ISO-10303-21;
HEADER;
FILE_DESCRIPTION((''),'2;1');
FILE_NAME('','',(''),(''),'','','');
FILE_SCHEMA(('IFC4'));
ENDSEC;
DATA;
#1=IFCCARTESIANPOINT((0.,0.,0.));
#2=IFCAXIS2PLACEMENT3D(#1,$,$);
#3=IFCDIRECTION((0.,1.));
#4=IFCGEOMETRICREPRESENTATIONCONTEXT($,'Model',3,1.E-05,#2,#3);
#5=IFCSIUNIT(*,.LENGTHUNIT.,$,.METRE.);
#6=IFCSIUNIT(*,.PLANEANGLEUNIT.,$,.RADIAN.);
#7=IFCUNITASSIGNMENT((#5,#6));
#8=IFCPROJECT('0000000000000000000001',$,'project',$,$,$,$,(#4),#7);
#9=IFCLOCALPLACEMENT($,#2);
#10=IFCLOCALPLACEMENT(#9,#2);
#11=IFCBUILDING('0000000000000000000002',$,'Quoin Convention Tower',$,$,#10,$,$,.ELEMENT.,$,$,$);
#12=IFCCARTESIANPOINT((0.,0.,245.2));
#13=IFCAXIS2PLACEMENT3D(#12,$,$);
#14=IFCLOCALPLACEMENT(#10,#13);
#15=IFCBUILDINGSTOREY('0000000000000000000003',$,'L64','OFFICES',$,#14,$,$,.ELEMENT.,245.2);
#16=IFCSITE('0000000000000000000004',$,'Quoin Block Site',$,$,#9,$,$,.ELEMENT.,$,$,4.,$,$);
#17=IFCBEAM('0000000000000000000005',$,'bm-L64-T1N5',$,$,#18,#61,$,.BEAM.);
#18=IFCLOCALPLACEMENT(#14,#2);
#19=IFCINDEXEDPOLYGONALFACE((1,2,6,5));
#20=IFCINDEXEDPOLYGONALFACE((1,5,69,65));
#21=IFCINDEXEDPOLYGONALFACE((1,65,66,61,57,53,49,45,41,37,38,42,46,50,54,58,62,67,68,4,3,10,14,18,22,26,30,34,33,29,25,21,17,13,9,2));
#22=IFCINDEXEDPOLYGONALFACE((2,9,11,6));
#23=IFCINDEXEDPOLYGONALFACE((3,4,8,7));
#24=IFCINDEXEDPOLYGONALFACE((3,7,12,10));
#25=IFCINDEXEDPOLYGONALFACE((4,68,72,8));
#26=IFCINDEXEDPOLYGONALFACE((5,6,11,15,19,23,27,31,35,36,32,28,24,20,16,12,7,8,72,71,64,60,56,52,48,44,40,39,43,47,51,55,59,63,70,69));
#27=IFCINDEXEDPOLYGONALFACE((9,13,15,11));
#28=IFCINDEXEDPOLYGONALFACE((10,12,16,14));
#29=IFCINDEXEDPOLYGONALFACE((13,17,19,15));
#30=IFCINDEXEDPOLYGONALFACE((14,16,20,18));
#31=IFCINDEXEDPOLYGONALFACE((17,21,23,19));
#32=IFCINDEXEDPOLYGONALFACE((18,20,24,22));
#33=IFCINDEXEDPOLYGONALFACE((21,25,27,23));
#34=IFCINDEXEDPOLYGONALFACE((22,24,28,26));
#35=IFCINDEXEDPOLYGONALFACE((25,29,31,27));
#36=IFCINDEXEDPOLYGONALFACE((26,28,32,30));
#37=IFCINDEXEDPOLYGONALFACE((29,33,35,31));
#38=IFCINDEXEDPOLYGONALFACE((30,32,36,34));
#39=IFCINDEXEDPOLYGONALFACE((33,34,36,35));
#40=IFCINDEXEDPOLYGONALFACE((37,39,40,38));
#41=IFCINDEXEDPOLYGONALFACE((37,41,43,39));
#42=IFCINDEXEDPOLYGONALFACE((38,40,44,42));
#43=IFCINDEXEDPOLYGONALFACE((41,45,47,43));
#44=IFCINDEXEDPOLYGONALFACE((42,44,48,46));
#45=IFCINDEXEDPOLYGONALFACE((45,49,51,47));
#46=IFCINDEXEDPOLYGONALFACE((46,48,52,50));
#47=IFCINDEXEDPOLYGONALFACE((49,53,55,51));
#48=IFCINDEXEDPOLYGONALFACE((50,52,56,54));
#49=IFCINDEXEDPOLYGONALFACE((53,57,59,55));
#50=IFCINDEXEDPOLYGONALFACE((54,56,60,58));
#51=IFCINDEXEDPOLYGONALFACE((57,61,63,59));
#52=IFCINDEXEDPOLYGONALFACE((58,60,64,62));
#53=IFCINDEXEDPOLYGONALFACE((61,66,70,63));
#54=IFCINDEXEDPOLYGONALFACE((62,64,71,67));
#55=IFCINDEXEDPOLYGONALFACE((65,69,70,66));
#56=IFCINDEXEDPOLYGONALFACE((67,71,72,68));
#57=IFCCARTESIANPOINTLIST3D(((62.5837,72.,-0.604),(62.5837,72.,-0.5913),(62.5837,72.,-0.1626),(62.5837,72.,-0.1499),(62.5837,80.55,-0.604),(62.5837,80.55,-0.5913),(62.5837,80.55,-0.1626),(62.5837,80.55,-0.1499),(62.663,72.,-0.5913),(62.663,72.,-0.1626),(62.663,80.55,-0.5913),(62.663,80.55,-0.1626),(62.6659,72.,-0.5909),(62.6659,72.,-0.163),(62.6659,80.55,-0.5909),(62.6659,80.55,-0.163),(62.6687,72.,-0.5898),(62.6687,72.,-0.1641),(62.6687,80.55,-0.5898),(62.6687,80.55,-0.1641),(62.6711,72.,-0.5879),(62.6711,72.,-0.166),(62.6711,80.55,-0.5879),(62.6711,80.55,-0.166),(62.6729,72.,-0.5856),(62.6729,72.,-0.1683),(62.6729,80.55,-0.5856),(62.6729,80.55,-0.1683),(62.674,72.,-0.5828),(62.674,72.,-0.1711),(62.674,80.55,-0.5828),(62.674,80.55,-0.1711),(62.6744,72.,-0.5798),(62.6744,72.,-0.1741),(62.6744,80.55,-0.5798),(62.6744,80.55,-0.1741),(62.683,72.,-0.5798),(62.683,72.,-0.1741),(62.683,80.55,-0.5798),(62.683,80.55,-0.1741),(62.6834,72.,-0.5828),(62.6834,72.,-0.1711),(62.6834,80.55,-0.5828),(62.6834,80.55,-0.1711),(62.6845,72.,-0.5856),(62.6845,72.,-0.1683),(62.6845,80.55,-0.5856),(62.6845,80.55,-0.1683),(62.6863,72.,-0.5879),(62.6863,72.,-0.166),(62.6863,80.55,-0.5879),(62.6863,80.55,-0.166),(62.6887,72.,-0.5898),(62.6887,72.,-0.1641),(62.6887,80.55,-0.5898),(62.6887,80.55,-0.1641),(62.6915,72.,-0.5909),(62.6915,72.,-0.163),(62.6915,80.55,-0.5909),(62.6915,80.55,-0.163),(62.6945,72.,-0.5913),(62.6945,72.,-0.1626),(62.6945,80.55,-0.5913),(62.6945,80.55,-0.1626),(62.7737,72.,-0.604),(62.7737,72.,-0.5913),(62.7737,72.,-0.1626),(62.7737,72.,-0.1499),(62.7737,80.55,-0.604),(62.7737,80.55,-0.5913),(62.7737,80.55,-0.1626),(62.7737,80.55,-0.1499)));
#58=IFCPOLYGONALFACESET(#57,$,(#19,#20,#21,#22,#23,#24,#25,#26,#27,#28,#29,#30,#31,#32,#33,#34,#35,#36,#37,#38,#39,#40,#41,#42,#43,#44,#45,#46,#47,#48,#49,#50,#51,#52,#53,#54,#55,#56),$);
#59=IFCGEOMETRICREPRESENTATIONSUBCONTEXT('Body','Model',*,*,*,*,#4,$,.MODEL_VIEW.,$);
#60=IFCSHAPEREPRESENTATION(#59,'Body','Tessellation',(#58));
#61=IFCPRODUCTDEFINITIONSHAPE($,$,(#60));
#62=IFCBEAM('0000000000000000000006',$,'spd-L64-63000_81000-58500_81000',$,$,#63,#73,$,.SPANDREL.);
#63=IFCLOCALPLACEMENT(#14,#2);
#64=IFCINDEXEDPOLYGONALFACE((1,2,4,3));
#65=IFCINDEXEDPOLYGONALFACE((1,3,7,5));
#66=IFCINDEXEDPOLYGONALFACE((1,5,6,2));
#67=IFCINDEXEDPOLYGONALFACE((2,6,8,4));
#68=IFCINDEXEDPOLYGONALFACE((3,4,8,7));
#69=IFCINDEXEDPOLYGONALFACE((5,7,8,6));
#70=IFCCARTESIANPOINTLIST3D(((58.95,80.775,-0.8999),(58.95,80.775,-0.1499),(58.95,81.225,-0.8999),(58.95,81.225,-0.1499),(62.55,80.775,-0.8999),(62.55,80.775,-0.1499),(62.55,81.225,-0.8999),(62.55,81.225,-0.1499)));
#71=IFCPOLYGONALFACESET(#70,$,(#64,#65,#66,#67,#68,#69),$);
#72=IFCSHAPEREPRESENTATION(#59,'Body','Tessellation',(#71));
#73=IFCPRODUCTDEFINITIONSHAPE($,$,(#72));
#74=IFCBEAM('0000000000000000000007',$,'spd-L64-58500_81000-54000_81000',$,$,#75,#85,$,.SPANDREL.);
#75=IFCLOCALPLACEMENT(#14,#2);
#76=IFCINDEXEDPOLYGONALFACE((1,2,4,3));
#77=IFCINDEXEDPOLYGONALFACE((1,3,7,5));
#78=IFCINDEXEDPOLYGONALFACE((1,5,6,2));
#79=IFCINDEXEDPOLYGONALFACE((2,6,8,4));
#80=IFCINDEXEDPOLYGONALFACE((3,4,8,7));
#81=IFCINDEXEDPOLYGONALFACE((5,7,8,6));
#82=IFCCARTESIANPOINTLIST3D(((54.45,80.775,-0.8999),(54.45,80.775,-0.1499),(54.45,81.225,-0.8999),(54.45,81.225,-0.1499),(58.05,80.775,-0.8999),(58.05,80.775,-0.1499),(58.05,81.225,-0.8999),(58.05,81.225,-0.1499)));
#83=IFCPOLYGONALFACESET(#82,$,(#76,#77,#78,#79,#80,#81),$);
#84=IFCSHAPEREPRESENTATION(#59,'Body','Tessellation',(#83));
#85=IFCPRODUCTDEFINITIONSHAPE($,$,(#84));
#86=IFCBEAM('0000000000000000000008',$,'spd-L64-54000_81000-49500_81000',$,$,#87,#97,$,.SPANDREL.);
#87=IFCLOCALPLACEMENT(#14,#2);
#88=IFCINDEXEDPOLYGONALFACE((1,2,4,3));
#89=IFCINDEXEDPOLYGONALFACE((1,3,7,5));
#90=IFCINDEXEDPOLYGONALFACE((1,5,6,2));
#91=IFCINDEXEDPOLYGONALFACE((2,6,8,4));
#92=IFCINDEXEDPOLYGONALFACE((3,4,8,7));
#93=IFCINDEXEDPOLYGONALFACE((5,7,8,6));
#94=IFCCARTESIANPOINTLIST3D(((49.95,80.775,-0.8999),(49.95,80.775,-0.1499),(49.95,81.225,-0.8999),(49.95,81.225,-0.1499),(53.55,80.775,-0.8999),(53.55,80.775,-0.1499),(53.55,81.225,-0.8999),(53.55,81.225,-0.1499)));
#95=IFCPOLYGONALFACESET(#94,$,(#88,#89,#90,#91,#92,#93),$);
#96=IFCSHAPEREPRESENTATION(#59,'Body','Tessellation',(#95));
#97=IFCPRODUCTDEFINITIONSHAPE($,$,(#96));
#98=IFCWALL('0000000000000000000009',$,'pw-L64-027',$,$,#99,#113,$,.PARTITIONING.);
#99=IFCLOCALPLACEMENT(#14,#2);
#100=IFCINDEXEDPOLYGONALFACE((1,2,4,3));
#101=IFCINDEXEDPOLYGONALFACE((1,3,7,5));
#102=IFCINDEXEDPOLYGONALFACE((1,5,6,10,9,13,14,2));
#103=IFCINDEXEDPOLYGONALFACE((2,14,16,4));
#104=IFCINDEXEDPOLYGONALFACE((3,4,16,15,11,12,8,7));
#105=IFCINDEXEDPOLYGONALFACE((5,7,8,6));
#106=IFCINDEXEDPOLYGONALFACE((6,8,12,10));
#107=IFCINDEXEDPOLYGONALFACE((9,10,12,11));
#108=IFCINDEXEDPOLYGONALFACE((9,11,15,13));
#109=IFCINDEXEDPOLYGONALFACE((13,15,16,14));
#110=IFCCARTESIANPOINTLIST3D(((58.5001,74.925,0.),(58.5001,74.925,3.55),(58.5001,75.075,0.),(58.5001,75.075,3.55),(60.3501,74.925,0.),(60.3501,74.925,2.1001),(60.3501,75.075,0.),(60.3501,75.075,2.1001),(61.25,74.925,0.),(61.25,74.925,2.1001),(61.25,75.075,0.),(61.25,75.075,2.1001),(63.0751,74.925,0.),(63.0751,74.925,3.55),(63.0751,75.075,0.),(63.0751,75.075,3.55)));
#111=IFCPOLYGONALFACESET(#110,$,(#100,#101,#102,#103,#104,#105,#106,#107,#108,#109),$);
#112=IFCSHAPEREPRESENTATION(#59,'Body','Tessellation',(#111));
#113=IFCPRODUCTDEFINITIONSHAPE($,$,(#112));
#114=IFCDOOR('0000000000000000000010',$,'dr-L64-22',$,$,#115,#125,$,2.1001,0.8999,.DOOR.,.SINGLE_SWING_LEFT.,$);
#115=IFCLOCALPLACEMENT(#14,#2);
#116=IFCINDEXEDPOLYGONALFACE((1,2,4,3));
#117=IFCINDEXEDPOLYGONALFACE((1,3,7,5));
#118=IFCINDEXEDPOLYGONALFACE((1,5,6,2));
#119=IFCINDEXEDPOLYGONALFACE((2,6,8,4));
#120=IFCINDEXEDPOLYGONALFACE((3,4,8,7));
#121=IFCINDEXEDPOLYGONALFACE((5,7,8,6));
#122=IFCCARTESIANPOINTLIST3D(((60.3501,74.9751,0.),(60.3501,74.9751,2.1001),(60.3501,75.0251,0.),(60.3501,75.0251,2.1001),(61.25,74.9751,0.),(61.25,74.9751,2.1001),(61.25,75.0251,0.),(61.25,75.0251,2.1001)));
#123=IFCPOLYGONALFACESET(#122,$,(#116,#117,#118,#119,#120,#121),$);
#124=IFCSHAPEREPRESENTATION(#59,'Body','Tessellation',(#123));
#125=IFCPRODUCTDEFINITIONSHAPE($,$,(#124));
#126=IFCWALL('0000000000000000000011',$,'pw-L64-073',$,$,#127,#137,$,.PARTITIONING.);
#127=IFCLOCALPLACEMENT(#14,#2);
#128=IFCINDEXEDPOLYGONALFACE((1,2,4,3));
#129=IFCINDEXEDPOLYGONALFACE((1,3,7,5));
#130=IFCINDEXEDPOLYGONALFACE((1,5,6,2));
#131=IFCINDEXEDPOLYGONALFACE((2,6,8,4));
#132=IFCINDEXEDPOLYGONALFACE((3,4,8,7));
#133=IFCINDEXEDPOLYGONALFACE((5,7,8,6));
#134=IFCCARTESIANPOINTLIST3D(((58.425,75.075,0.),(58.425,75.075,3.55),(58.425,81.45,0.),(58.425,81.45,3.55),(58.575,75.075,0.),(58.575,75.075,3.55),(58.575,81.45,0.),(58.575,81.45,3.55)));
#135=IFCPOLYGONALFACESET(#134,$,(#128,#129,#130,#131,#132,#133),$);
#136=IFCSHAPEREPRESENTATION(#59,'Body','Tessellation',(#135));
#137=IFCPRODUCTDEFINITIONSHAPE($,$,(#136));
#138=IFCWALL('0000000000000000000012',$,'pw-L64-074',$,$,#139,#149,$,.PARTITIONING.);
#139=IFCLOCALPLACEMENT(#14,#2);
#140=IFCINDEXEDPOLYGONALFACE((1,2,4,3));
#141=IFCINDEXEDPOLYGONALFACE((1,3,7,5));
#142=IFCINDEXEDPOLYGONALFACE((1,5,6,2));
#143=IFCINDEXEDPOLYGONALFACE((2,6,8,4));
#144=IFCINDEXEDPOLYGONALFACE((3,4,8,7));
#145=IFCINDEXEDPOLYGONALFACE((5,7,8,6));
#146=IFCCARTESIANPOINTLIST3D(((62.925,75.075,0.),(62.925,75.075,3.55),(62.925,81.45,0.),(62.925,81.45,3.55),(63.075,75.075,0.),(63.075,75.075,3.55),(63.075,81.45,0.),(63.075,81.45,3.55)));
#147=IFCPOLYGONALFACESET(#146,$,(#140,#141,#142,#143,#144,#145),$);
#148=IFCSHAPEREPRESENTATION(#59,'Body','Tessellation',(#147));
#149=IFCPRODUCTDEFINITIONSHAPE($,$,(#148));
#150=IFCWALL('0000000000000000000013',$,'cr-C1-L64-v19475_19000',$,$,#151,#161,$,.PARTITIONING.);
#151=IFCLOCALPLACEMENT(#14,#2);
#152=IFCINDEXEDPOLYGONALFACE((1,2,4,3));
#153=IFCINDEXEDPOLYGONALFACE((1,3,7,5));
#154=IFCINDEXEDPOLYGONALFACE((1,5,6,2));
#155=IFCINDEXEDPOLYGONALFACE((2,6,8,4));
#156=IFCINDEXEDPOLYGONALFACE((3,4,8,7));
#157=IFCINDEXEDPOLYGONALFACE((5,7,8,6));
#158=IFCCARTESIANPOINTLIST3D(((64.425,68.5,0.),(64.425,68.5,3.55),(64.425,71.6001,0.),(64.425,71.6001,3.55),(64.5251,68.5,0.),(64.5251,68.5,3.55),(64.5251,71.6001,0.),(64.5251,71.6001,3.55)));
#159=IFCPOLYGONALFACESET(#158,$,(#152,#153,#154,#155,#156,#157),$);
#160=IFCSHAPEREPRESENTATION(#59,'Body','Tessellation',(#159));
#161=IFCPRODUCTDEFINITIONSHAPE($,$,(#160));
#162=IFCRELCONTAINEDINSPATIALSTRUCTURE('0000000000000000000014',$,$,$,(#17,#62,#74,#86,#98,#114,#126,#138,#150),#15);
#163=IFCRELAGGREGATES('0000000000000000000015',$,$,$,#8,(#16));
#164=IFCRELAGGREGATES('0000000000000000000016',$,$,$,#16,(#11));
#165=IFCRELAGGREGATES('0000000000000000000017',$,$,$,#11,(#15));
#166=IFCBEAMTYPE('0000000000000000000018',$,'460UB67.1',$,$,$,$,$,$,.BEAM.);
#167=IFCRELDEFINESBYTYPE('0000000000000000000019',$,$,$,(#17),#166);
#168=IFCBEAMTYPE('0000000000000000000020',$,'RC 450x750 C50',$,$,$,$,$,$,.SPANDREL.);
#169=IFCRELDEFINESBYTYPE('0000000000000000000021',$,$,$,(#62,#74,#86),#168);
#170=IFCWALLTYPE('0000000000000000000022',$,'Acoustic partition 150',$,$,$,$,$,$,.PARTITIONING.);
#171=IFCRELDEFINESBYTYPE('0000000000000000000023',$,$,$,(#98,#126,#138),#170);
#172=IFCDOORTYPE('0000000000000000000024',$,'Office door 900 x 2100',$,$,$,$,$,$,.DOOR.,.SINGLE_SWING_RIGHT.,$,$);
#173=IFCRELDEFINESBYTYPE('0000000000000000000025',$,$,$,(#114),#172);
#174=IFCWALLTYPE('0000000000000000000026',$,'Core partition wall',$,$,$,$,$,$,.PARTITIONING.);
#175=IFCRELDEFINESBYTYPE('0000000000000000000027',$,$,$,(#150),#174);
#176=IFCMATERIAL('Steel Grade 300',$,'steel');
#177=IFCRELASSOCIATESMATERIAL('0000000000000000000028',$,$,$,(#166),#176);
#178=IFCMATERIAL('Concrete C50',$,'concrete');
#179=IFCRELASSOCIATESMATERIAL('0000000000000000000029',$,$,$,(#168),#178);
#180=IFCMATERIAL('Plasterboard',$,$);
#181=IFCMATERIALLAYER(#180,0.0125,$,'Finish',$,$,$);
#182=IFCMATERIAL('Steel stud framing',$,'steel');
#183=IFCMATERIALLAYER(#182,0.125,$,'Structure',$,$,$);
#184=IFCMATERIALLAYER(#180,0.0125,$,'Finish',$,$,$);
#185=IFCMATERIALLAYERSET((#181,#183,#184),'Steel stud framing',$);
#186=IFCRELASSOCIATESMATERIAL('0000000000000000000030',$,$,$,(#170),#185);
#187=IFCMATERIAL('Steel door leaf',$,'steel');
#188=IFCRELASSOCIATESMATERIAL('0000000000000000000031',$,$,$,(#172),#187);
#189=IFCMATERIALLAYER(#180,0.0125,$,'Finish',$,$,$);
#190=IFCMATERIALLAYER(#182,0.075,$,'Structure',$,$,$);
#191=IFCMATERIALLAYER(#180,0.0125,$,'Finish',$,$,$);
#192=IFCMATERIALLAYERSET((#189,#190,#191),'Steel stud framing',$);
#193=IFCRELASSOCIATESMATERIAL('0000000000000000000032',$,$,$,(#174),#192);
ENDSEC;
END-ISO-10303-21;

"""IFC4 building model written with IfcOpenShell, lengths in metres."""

from ifc_helpers import new_model, si_unit, direction, frame, frame_2d, origin, origin_2d, place, context, subcontext, project, spatial, rectangle, i_section, extrude, material, layer, layer_set, material_profile, profile_set, type_object, element, fill, save


model = new_model("IFC4")

# Units and contexts
model_context = context("Model", 3, precision=1e-05, world=origin(), true_north=direction((0.0, 1.0)))
body_context = subcontext(model_context, "Body", "Model", "MODEL_VIEW")
ifc_project = project(units=[si_unit("LENGTHUNIT", "METRE"), si_unit("PLANEANGLEUNIT", "RADIAN")], contexts=[model_context])

# Site, building, storey
site_placement = place(None, origin())
site = spatial("IfcSite", under=ifc_project, at=site_placement, Name="Quoin Block Site", CompositionType="ELEMENT", RefElevation=4.0)
building_placement = place(site_placement, origin())
building = spatial("IfcBuilding", under=site, at=building_placement, Name="Quoin Convention Tower", CompositionType="ELEMENT")
storey_placement = place(building_placement, frame((0.0, 0.0, 245.2)))
storey = spatial("IfcBuildingStorey", under=building, at=storey_placement, Name="L64", Description="OFFICES", CompositionType="ELEMENT", Elevation=245.2)

# Shared definitions
ifc_material_1 = material(Name="Concrete C50", Category="concrete")

# Beams
ifc_material_2 = material(Name="Steel Grade 300", Category="steel")
ifc_material_profile_1 = material_profile(ifc_material_2, i_section(OverallWidth=0.1899, OverallDepth=0.4541, WebThickness=0.0085, FlangeThickness=0.0127, FilletRadius=0.0115, at=origin_2d()), Name="460UB67.1")
ifc_profile_set_1 = profile_set([ifc_material_profile_1], Name="Steel Grade 300")
beam_type_1 = type_object("IfcBeamType", Name="460UB67.1", PredefinedType="BEAM", material=ifc_profile_set_1)
beam_placement = place(storey_placement, frame((62.6787, 72.0, -0.377), z_axis=(0.0, 1.0, 0.0), x_axis=(-1.0, 0.0, 0.0)))
element("IfcBeam", 1, at=beam_placement, inside=storey, type_object=beam_type_1, Name="bm-L64-T1N5", PredefinedType="BEAM", context=body_context, shape_type="SweptSolid", body=[
    extrude(i_section(OverallWidth=0.1899, OverallDepth=0.4541, WebThickness=0.0085, FlangeThickness=0.0127, FilletRadius=0.0115, at=origin_2d()), origin(), (0.0, 0.0, 1.0), 8.55),
])
ifc_material_profile_2 = material_profile(ifc_material_1, rectangle(XDim=0.45, YDim=0.75, at=origin_2d()), Name="RC 450x750")
ifc_profile_set_2 = profile_set([ifc_material_profile_2], Name="Concrete C50")
beam_type_2 = type_object("IfcBeamType", Name="RC 450x750 C50", PredefinedType="SPANDREL", material=ifc_profile_set_2)
for number, where, z_axis, x_axis, name in (
    (2, (62.55, 81.0, -0.5249), (-1.0, 0.0, 0.0), (0.0, -1.0, 0.0), "spd-L64-63000_81000-58500_81000"),
    (3, (58.05, 81.0, -0.5249), (-1.0, 0.0, 0.0), (0.0, -1.0, 0.0), "spd-L64-58500_81000-54000_81000"),
    (4, (53.55, 81.0, -0.5249), (-1.0, 0.0, 0.0), (0.0, -1.0, 0.0), "spd-L64-54000_81000-49500_81000"),
):
    element("IfcBeam", number, at=place(storey_placement, frame(where, z_axis=z_axis, x_axis=x_axis)), inside=storey, type_object=beam_type_2, Name=name, PredefinedType="SPANDREL", context=body_context, shape_type="SweptSolid", body=[
        extrude(rectangle(XDim=0.45, YDim=0.75, at=origin_2d()), origin(), (0.0, 0.0, 1.0), 3.6001),
    ])

# Wall, opening, door
ifc_material_3 = material(Name="Plasterboard")
ifc_layer_1 = layer(ifc_material_3, 0.0125, Name="Finish")
ifc_material_4 = material(Name="Steel stud framing", Category="steel")
ifc_layer_2 = layer(ifc_material_4, 0.125, Name="Structure")
ifc_layer_3 = layer(ifc_material_3, 0.0125, Name="Finish")
ifc_layer_set_1 = layer_set([ifc_layer_1, ifc_layer_2, ifc_layer_3], Name="Steel stud framing")
wall_type_1 = type_object("IfcWallType", Name="Acoustic partition 150", PredefinedType="PARTITIONING", material=ifc_layer_set_1)
wall_1_placement = place(storey_placement, frame((58.5, 75.0, 0.0), z_axis=(0.0, 0.0, 1.0), x_axis=(1.0, 0.0, 0.0)))
wall_1 = element("IfcWall", 5, at=wall_1_placement, inside=storey, type_object=wall_type_1, Name="pw-L64-027", PredefinedType="PARTITIONING", context=body_context, shape_type="SweptSolid", body=[
    extrude(rectangle(XDim=4.575, YDim=0.1499, at=frame_2d((2.2876, 0.0))), origin(), (0.0, 0.0, 1.0), 3.55),
])
opening_1_placement = place(wall_1_placement, frame((1.8501, 0.0, 0.0)))
opening_1 = element("IfcOpeningElement", 6, at=opening_1_placement, cuts=wall_1, PredefinedType="OPENING", context=body_context, shape_type="SweptSolid", body=[
    extrude(rectangle(XDim=0.8999, YDim=2.1001, at=frame_2d((0.45, 1.05))), frame((0.0, 0.085, 0.0), z_axis=(0.0, -1.0, 0.0), x_axis=(1.0, 0.0, 0.0)), (0.0, 0.0, 1.0), 0.1699),
])
ifc_material_5 = material(Name="Steel door leaf", Category="steel")
door_type = type_object("IfcDoorType", Name="Office door 900 x 2100", OperationType="SINGLE_SWING_RIGHT", PredefinedType="DOOR", material=ifc_material_5)
door_1_placement = place(opening_1_placement, frame((0.8999, 0.0, 0.0), z_axis=(0.0, 0.0, 1.0), x_axis=(-1.0, 0.0, 0.0)))
door_1 = element("IfcDoor", 7, at=door_1_placement, inside=storey, type_object=door_type, Name="dr-L64-22", OperationType="SINGLE_SWING_LEFT", OverallHeight=2.1001, OverallWidth=0.8999, PredefinedType="DOOR", context=body_context, shape_type="SweptSolid", body=[
    extrude(rectangle(XDim=0.8999, YDim=2.1001, at=frame_2d((0.45, 1.05))), frame((0.0, 0.0249, 0.0), z_axis=(0.0, -1.0, 0.0), x_axis=(1.0, 0.0, 0.0)), (0.0, 0.0, 1.0), 0.05),
])
fill(opening_1, door_1)

# Walls
for number, where, z_axis, x_axis, name in (
    (8, (58.5, 75.075, 0.0), (0.0, 0.0, 1.0), (0.0, 1.0, 0.0), "pw-L64-073"),
    (9, (63.0, 75.075, 0.0), (0.0, 0.0, 1.0), (0.0, 1.0, 0.0), "pw-L64-074"),
):
    element("IfcWall", number, at=place(storey_placement, frame(where, z_axis=z_axis, x_axis=x_axis)), inside=storey, type_object=wall_type_1, Name=name, PredefinedType="PARTITIONING", context=body_context, shape_type="SweptSolid", body=[
        extrude(rectangle(XDim=6.375, YDim=0.1499, at=frame_2d((3.1875, 0.0))), origin(), (0.0, 0.0, 1.0), 3.55),
    ])
ifc_layer_4 = layer(ifc_material_3, 0.0125, Name="Finish")
ifc_layer_5 = layer(ifc_material_4, 0.075, Name="Structure")
ifc_layer_6 = layer(ifc_material_3, 0.0125, Name="Finish")
ifc_layer_set_2 = layer_set([ifc_layer_4, ifc_layer_5, ifc_layer_6], Name="Steel stud framing")
wall_type_2 = type_object("IfcWallType", Name="Core partition wall", PredefinedType="PARTITIONING", material=ifc_layer_set_2)
wall_2_placement = place(storey_placement, frame((64.4751, 68.5, 0.0), z_axis=(0.0, 0.0, 1.0), x_axis=(0.0, 1.0, 0.0)))
element("IfcWall", 10, at=wall_2_placement, inside=storey, type_object=wall_type_2, Name="cr-C1-L64-v19475_19000", PredefinedType="PARTITIONING", context=body_context, shape_type="SweptSolid", body=[
    extrude(rectangle(XDim=3.1001, YDim=0.1001, at=frame_2d((1.55, 0.0))), origin(), (0.0, 0.0, 1.0), 3.55),
])

save(model, "model.ifc")
